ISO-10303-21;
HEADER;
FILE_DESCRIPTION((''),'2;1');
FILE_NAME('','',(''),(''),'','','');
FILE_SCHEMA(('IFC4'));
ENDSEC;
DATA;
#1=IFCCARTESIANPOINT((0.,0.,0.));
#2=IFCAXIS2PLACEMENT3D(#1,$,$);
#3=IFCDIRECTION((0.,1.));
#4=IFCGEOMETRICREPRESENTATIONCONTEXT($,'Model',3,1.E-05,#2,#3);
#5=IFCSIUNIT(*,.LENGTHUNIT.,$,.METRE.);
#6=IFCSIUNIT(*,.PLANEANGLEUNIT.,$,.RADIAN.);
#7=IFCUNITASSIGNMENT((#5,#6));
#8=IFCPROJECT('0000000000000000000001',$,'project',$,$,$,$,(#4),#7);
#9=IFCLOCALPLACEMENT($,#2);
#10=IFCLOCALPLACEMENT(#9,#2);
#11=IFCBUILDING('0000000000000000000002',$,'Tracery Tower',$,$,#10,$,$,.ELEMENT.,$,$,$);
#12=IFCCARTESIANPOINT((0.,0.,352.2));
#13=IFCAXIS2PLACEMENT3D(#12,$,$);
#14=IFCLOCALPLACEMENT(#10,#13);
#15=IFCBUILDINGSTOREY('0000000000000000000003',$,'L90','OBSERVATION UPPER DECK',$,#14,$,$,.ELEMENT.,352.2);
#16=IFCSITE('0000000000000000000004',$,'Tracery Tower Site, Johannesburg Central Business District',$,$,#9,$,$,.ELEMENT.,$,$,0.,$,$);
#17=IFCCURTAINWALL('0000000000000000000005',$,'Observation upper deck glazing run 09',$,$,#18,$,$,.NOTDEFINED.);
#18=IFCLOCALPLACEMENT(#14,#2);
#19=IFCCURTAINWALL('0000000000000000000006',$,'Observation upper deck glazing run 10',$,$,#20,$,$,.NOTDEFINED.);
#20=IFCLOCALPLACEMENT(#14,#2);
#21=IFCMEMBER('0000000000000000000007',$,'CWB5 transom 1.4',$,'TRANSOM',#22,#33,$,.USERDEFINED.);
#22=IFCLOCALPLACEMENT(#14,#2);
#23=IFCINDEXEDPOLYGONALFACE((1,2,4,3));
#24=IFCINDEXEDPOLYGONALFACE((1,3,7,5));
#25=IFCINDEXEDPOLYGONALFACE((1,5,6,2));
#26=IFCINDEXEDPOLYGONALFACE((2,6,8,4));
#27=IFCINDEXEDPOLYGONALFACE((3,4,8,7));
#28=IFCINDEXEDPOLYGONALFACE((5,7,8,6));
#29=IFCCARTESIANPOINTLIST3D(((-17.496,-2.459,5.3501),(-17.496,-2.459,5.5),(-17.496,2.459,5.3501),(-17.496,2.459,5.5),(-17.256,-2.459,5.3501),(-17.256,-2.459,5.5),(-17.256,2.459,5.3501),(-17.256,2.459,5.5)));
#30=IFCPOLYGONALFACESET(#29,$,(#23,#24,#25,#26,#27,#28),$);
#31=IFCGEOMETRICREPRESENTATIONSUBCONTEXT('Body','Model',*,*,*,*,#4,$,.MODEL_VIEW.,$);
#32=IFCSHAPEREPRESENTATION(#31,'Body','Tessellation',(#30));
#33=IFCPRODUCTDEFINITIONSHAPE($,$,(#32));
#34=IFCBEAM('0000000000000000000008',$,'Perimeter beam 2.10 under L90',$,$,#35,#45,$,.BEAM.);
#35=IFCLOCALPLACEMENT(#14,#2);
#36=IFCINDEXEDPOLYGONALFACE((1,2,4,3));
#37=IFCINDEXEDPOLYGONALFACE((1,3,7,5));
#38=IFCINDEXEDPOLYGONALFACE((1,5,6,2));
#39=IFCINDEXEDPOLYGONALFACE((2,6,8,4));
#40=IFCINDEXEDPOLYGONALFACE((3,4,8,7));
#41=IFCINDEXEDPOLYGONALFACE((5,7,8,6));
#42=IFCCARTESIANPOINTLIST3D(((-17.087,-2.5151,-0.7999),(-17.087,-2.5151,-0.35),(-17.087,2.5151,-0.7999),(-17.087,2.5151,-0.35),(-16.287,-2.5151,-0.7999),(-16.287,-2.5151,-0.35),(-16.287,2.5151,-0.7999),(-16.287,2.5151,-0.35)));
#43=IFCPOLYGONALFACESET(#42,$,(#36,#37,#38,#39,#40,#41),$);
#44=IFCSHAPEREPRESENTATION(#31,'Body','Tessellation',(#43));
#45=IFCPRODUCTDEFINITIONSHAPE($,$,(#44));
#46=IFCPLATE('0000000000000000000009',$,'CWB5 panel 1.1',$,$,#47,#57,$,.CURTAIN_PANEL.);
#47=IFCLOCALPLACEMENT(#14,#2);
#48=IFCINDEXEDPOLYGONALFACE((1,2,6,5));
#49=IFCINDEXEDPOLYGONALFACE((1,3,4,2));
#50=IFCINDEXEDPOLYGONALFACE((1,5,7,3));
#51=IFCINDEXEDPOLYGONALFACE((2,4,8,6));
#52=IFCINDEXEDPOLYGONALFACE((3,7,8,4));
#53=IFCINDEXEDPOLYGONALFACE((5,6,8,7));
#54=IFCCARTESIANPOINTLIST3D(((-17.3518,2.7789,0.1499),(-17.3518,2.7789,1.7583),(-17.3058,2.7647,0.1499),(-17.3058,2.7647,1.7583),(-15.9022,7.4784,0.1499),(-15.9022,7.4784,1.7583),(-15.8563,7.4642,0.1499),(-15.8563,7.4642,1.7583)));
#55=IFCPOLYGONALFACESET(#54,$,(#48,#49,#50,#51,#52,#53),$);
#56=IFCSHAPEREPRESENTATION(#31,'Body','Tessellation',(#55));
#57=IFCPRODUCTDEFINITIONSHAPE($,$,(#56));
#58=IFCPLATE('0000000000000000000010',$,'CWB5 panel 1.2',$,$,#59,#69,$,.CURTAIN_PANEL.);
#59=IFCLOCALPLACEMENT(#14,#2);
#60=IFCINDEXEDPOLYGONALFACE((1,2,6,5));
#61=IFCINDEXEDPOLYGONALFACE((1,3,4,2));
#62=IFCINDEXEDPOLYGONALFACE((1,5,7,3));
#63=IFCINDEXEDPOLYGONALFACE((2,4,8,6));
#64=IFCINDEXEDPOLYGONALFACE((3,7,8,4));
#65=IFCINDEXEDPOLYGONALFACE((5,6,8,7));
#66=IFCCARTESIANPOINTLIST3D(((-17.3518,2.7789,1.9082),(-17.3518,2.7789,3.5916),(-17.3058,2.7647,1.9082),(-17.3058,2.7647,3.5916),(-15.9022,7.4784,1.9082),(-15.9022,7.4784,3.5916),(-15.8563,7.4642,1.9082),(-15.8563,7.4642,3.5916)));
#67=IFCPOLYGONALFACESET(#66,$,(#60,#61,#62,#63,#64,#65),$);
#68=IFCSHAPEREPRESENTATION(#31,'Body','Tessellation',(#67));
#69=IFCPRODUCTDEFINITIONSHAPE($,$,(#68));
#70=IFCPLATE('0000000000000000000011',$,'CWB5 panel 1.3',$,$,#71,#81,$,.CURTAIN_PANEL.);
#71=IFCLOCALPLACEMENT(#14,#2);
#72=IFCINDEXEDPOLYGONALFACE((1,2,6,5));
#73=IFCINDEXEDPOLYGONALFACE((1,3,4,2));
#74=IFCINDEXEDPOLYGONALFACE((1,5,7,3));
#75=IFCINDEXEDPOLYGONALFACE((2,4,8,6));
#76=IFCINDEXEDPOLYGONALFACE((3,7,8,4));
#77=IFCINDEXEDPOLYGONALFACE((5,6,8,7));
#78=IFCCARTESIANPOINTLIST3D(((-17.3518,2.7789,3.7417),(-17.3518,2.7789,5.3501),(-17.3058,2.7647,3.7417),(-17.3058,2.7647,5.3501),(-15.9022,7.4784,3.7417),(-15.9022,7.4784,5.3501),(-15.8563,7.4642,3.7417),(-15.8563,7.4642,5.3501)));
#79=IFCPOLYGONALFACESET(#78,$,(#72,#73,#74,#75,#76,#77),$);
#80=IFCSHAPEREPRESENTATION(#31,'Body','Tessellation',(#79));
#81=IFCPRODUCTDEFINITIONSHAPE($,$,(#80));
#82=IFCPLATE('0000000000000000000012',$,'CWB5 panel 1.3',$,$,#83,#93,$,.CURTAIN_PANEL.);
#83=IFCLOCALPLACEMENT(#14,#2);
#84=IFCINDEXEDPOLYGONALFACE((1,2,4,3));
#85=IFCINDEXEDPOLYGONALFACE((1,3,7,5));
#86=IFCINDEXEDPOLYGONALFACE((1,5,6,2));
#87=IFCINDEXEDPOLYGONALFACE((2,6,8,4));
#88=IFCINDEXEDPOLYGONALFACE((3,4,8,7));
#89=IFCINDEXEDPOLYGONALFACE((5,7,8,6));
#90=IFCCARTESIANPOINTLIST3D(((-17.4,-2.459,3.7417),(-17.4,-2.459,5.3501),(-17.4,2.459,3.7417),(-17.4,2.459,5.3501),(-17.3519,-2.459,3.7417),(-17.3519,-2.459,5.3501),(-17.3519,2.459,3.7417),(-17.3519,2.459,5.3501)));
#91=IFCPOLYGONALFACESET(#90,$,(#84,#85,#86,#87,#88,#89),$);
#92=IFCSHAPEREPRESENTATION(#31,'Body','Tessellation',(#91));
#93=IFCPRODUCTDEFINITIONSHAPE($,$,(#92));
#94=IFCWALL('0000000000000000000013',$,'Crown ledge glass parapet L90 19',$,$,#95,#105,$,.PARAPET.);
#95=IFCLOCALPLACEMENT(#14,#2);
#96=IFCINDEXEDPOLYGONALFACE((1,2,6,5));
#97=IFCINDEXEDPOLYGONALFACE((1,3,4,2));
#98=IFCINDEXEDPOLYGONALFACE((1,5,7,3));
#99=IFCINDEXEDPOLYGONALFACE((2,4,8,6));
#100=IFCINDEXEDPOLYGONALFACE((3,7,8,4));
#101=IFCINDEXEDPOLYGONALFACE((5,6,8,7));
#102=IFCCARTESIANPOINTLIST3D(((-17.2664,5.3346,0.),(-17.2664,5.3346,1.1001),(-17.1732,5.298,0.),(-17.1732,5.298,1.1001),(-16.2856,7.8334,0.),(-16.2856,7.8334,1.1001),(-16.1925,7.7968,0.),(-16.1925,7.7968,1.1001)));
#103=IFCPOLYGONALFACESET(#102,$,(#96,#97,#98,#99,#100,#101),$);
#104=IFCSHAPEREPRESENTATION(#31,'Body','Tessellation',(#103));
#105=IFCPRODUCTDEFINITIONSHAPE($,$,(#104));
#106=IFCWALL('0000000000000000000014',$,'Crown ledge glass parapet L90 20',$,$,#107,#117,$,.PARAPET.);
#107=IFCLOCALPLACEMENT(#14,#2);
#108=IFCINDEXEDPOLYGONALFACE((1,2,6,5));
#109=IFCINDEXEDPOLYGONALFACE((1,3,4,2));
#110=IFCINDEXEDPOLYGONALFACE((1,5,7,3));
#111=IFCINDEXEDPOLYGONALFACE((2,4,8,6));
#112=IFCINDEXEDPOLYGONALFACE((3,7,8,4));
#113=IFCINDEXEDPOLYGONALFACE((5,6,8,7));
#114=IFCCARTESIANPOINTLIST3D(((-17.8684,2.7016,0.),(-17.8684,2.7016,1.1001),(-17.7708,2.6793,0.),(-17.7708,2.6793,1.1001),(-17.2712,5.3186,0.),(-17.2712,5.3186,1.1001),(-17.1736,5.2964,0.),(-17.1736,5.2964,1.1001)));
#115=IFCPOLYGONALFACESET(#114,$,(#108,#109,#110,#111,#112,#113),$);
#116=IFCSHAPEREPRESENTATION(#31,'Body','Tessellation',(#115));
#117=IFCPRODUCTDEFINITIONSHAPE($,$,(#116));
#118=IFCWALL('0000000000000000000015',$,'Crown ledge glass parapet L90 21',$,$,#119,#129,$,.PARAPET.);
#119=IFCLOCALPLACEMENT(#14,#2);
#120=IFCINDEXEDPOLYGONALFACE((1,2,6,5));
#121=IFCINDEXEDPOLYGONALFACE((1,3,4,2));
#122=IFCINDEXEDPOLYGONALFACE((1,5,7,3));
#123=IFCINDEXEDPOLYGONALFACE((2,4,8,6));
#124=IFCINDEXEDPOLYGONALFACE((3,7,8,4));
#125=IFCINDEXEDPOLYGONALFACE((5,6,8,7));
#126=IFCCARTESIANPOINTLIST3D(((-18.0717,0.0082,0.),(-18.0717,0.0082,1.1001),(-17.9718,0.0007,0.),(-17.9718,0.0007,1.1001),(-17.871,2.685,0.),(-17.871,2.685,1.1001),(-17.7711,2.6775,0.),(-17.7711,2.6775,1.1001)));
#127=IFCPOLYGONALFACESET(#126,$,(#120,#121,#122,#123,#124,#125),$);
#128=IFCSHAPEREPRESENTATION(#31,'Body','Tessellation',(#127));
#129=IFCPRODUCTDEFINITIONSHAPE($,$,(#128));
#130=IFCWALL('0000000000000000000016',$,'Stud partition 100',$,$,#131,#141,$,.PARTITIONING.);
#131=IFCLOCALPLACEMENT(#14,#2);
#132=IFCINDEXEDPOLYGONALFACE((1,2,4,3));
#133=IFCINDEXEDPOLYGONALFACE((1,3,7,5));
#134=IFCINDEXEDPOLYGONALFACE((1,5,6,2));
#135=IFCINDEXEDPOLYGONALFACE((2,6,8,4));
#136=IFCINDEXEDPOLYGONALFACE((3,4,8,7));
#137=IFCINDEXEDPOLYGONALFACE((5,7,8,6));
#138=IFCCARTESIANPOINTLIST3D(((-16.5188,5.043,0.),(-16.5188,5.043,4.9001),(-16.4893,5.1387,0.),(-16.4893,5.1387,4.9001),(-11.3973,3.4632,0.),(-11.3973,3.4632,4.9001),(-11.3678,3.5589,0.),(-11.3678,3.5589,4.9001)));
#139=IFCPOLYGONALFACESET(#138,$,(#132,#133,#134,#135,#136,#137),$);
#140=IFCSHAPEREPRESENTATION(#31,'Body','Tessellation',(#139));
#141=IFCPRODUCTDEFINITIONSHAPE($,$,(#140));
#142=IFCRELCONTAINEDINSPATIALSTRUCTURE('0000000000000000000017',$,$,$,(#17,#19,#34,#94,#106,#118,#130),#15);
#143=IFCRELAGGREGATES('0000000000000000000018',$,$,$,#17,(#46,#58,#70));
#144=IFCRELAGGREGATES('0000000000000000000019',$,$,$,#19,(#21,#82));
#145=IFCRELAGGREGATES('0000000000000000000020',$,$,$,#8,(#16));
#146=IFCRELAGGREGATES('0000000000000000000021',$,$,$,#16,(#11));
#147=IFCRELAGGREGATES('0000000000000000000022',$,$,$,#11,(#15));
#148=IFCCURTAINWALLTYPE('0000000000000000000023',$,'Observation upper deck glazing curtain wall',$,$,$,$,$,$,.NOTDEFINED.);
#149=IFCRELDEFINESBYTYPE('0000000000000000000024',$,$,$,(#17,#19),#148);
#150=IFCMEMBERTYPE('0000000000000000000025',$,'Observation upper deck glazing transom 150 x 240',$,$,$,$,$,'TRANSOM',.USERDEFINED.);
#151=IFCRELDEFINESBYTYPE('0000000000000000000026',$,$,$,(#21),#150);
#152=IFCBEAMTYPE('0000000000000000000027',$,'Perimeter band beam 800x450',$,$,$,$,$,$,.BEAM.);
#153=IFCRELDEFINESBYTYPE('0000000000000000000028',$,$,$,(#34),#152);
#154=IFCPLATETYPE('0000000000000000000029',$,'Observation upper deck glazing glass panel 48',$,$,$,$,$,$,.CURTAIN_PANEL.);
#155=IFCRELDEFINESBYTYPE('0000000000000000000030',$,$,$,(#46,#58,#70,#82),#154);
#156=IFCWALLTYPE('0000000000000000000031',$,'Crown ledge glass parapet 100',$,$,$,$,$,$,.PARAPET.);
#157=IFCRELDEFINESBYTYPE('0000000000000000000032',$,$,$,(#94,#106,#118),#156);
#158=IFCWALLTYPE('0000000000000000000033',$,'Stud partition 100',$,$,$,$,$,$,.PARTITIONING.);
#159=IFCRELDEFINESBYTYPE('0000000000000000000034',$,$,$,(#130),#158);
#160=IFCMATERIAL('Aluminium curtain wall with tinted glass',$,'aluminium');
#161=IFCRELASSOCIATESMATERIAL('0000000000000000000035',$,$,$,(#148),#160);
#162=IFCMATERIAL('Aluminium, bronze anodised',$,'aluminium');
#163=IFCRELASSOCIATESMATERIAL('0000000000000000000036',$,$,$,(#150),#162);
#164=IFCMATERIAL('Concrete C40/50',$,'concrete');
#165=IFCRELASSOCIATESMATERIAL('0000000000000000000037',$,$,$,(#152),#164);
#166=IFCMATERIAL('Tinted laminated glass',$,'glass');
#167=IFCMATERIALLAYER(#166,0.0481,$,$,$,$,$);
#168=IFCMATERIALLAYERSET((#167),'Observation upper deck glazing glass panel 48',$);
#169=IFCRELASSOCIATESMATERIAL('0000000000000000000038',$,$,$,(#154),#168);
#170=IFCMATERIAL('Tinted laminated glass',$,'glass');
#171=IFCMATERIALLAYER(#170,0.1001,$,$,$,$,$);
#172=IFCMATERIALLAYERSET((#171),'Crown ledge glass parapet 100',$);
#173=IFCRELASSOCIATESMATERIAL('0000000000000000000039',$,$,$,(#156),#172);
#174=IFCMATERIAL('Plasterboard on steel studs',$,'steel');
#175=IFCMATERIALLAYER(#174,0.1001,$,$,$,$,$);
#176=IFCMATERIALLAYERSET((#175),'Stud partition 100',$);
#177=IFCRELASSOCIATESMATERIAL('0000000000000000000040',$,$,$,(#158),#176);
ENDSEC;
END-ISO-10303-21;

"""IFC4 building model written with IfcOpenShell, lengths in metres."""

from ifc_helpers import new_model, si_unit, direction, frame, frame_2d, origin, origin_2d, place, context, subcontext, project, spatial, rectangle, extrude, material, layer, layer_set, material_profile, profile_set, type_object, element, aggregate, save


model = new_model("IFC4")

# Units and contexts
model_context = context("Model", 3, precision=1e-05, world=origin(), true_north=direction((0.0, 1.0)))
body_context = subcontext(model_context, "Body", "Model", "MODEL_VIEW")
ifc_project = project(units=[si_unit("LENGTHUNIT", "METRE"), si_unit("PLANEANGLEUNIT", "RADIAN")], contexts=[model_context])

# Site, building, storey
site_placement = place(None, origin())
site = spatial("IfcSite", under=ifc_project, at=site_placement, Name="Tracery Tower Site, Johannesburg Central Business District", CompositionType="ELEMENT", RefElevation=0.0)
building_placement = place(site_placement, origin())
building = spatial("IfcBuilding", under=site, at=building_placement, Name="Tracery Tower", CompositionType="ELEMENT")
storey_placement = place(building_placement, frame((0.0, 0.0, 352.2)))
storey = spatial("IfcBuildingStorey", under=building, at=storey_placement, Name="L90", Description="OBSERVATION UPPER DECK", CompositionType="ELEMENT", Elevation=352.2)

# Shared definitions
ifc_material_1 = material(Name="Aluminium curtain wall with tinted glass", Category="aluminium")
curtain_wall_type = type_object("IfcCurtainWallType", Name="Observation upper deck glazing curtain wall", PredefinedType="NOTDEFINED", material=ifc_material_1)

# Curtain wall
curtain_wall_1_placement = place(storey_placement, origin())
curtain_wall_1 = element("IfcCurtainWall", 1, at=curtain_wall_1_placement, inside=storey, type_object=curtain_wall_type, Name="Observation upper deck glazing run 09", PredefinedType="NOTDEFINED")

# Curtain wall
curtain_wall_2_placement = place(storey_placement, origin())
curtain_wall_2 = element("IfcCurtainWall", 2, at=curtain_wall_2_placement, inside=storey, type_object=curtain_wall_type, Name="Observation upper deck glazing run 10", PredefinedType="NOTDEFINED")

# Member
ifc_material_2 = material(Name="Aluminium, bronze anodised", Category="aluminium")
ifc_material_profile_1 = material_profile(ifc_material_2, rectangle(XDim=0.24, YDim=0.1499, at=origin_2d()), Name="Observation upper deck glazing transom 150 x 240")
ifc_profile_set_1 = profile_set([ifc_material_profile_1], Name="Aluminium, bronze anodised")
member_type_1 = type_object("IfcMemberType", Name="Observation upper deck glazing transom 150 x 240", ElementType="TRANSOM", PredefinedType="USERDEFINED", material=ifc_profile_set_1)
member_1_placement = place(storey_placement, frame((-17.376, 2.459, 5.425), z_axis=(0.0, -1.0, 0.0), x_axis=(1.0, 0.0, 0.0)))
member_1 = element("IfcMember", 3, at=member_1_placement, type_object=member_type_1, Name="CWB5 transom 1.4", ObjectType="TRANSOM", PredefinedType="USERDEFINED", context=body_context, shape_type="SweptSolid", body=[
    extrude(rectangle(XDim=0.24, YDim=0.1499, at=origin_2d()), origin(), (0.0, 0.0, 1.0), 4.918),
])

# Beam
ifc_material_3 = material(Name="Concrete C40/50", Category="concrete")
ifc_material_profile_2 = material_profile(ifc_material_3, rectangle(XDim=0.8, YDim=0.45, at=origin_2d()), Name="RC 800x450")
ifc_profile_set_2 = profile_set([ifc_material_profile_2], Name="Concrete C40/50")
beam_type = type_object("IfcBeamType", Name="Perimeter band beam 800x450", PredefinedType="BEAM", material=ifc_profile_set_2)
beam_placement = place(storey_placement, frame((-16.687, 2.5151, -0.575), z_axis=(0.0, -1.0, 0.0), x_axis=(1.0, 0.0, 0.0)))
element("IfcBeam", 4, at=beam_placement, inside=storey, type_object=beam_type, Name="Perimeter beam 2.10 under L90", PredefinedType="BEAM", context=body_context, shape_type="SweptSolid", body=[
    extrude(rectangle(XDim=0.8, YDim=0.45, at=origin_2d()), origin(), (0.0, 0.0, 1.0), 5.0303),
])

# Plates
ifc_material_4 = material(Name="Tinted laminated glass", Category="glass")
ifc_layer_1 = layer(ifc_material_4, 0.0481)
ifc_layer_set_1 = layer_set([ifc_layer_1], Name="Observation upper deck glazing glass panel 48")
plate_type = type_object("IfcPlateType", Name="Observation upper deck glazing glass panel 48", PredefinedType="CURTAIN_PANEL", material=ifc_layer_set_1)
plate_1_placement = place(storey_placement, frame((-16.604, 5.1216, 0.1499), z_axis=(0.0, 0.0, 1.0), x_axis=(-0.294744, -0.955576, 0.0)))
plate_1 = element("IfcPlate", 5, at=plate_1_placement, type_object=plate_type, Name="CWB5 panel 1.1", PredefinedType="CURTAIN_PANEL", context=body_context, shape_type="SweptSolid", body=[
    extrude(rectangle(XDim=4.918, YDim=0.0481, at=origin_2d()), origin(), (0.0, 0.0, 1.0), 1.6084),
])
plate_2_placement = place(storey_placement, frame((-16.604, 5.1216, 1.9082), z_axis=(0.0, 0.0, 1.0), x_axis=(-0.294744, -0.955576, 0.0)))
plate_2 = element("IfcPlate", 6, at=plate_2_placement, type_object=plate_type, Name="CWB5 panel 1.2", PredefinedType="CURTAIN_PANEL", context=body_context, shape_type="SweptSolid", body=[
    extrude(rectangle(XDim=4.918, YDim=0.0481, at=origin_2d()), origin(), (0.0, 0.0, 1.0), 1.6833),
])
plate_3_placement = place(storey_placement, frame((-16.604, 5.1216, 3.7417), z_axis=(0.0, 0.0, 1.0), x_axis=(-0.294744, -0.955576, 0.0)))
plate_3 = element("IfcPlate", 7, at=plate_3_placement, type_object=plate_type, Name="CWB5 panel 1.3", PredefinedType="CURTAIN_PANEL", context=body_context, shape_type="SweptSolid", body=[
    extrude(rectangle(XDim=4.918, YDim=0.0481, at=origin_2d()), origin(), (0.0, 0.0, 1.0), 1.6084),
])
aggregate(curtain_wall_1, [plate_1, plate_2, plate_3])
plate_4_placement = place(storey_placement, frame((-17.376, 0.0, 3.7417), z_axis=(0.0, 0.0, 1.0), x_axis=(0.0, -1.0, 0.0)))
plate_4 = element("IfcPlate", 8, at=plate_4_placement, type_object=plate_type, Name="CWB5 panel 1.3", PredefinedType="CURTAIN_PANEL", context=body_context, shape_type="SweptSolid", body=[
    extrude(rectangle(XDim=4.918, YDim=0.0481, at=origin_2d()), origin(), (0.0, 0.0, 1.0), 1.6084),
])
aggregate(curtain_wall_2, [member_1, plate_4])

# Walls
ifc_material_5 = material(Name="Tinted laminated glass", Category="glass")
ifc_layer_2 = layer(ifc_material_5, 0.1001)
ifc_layer_set_2 = layer_set([ifc_layer_2], Name="Crown ledge glass parapet 100")
wall_type_1 = type_object("IfcWallType", Name="Crown ledge glass parapet 100", PredefinedType="PARAPET", material=ifc_layer_set_2)
for number, where, z_axis, x_axis, name in (
    (9, (-16.239, 7.8152, 0.0), (0.0, 0.0, 1.0), (-0.365346, -0.930872, 0.0), "Crown ledge glass parapet L90 19"),
    (10, (-17.2224, 5.3076, 0.0), (0.0, 0.0, 1.0), (-0.222474, -0.974939, 0.0), "Crown ledge glass parapet L90 20"),
    (11, (-17.821, 2.6814, 0.0), (0.0, 0.0, 1.0), (-0.074763, -0.997201, 0.0), "Crown ledge glass parapet L90 21"),
):
    element("IfcWall", number, at=place(storey_placement, frame(where, z_axis=z_axis, x_axis=x_axis)), inside=storey, type_object=wall_type_1, Name=name, PredefinedType="PARAPET", context=body_context, shape_type="SweptSolid", body=[
        extrude(rectangle(XDim=2.6843, YDim=0.1001, at=frame_2d((1.3423, 0.0))), origin(), (0.0, 0.0, 1.0), 1.1001),
    ])
ifc_material_6 = material(Name="Plasterboard on steel studs", Category="steel")
ifc_layer_3 = layer(ifc_material_6, 0.1001)
ifc_layer_set_3 = layer_set([ifc_layer_3], Name="Stud partition 100")
wall_type_2 = type_object("IfcWallType", Name="Stud partition 100", PredefinedType="PARTITIONING", material=ifc_layer_set_3)
wall_placement = place(storey_placement, frame((-16.5039, 5.0908, 0.0), z_axis=(0.0, 0.0, 1.0), x_axis=(0.955571, -0.294761, 0.0)))
element("IfcWall", 12, at=wall_placement, inside=storey, type_object=wall_type_2, Name="Stud partition 100", PredefinedType="PARTITIONING", context=body_context, shape_type="SweptSolid", body=[
    extrude(rectangle(XDim=5.3596, YDim=0.1001, at=frame_2d((2.6797, 0.0))), origin(), (0.0, 0.0, 1.0), 4.9001),
])

save(model, "model.ifc")
